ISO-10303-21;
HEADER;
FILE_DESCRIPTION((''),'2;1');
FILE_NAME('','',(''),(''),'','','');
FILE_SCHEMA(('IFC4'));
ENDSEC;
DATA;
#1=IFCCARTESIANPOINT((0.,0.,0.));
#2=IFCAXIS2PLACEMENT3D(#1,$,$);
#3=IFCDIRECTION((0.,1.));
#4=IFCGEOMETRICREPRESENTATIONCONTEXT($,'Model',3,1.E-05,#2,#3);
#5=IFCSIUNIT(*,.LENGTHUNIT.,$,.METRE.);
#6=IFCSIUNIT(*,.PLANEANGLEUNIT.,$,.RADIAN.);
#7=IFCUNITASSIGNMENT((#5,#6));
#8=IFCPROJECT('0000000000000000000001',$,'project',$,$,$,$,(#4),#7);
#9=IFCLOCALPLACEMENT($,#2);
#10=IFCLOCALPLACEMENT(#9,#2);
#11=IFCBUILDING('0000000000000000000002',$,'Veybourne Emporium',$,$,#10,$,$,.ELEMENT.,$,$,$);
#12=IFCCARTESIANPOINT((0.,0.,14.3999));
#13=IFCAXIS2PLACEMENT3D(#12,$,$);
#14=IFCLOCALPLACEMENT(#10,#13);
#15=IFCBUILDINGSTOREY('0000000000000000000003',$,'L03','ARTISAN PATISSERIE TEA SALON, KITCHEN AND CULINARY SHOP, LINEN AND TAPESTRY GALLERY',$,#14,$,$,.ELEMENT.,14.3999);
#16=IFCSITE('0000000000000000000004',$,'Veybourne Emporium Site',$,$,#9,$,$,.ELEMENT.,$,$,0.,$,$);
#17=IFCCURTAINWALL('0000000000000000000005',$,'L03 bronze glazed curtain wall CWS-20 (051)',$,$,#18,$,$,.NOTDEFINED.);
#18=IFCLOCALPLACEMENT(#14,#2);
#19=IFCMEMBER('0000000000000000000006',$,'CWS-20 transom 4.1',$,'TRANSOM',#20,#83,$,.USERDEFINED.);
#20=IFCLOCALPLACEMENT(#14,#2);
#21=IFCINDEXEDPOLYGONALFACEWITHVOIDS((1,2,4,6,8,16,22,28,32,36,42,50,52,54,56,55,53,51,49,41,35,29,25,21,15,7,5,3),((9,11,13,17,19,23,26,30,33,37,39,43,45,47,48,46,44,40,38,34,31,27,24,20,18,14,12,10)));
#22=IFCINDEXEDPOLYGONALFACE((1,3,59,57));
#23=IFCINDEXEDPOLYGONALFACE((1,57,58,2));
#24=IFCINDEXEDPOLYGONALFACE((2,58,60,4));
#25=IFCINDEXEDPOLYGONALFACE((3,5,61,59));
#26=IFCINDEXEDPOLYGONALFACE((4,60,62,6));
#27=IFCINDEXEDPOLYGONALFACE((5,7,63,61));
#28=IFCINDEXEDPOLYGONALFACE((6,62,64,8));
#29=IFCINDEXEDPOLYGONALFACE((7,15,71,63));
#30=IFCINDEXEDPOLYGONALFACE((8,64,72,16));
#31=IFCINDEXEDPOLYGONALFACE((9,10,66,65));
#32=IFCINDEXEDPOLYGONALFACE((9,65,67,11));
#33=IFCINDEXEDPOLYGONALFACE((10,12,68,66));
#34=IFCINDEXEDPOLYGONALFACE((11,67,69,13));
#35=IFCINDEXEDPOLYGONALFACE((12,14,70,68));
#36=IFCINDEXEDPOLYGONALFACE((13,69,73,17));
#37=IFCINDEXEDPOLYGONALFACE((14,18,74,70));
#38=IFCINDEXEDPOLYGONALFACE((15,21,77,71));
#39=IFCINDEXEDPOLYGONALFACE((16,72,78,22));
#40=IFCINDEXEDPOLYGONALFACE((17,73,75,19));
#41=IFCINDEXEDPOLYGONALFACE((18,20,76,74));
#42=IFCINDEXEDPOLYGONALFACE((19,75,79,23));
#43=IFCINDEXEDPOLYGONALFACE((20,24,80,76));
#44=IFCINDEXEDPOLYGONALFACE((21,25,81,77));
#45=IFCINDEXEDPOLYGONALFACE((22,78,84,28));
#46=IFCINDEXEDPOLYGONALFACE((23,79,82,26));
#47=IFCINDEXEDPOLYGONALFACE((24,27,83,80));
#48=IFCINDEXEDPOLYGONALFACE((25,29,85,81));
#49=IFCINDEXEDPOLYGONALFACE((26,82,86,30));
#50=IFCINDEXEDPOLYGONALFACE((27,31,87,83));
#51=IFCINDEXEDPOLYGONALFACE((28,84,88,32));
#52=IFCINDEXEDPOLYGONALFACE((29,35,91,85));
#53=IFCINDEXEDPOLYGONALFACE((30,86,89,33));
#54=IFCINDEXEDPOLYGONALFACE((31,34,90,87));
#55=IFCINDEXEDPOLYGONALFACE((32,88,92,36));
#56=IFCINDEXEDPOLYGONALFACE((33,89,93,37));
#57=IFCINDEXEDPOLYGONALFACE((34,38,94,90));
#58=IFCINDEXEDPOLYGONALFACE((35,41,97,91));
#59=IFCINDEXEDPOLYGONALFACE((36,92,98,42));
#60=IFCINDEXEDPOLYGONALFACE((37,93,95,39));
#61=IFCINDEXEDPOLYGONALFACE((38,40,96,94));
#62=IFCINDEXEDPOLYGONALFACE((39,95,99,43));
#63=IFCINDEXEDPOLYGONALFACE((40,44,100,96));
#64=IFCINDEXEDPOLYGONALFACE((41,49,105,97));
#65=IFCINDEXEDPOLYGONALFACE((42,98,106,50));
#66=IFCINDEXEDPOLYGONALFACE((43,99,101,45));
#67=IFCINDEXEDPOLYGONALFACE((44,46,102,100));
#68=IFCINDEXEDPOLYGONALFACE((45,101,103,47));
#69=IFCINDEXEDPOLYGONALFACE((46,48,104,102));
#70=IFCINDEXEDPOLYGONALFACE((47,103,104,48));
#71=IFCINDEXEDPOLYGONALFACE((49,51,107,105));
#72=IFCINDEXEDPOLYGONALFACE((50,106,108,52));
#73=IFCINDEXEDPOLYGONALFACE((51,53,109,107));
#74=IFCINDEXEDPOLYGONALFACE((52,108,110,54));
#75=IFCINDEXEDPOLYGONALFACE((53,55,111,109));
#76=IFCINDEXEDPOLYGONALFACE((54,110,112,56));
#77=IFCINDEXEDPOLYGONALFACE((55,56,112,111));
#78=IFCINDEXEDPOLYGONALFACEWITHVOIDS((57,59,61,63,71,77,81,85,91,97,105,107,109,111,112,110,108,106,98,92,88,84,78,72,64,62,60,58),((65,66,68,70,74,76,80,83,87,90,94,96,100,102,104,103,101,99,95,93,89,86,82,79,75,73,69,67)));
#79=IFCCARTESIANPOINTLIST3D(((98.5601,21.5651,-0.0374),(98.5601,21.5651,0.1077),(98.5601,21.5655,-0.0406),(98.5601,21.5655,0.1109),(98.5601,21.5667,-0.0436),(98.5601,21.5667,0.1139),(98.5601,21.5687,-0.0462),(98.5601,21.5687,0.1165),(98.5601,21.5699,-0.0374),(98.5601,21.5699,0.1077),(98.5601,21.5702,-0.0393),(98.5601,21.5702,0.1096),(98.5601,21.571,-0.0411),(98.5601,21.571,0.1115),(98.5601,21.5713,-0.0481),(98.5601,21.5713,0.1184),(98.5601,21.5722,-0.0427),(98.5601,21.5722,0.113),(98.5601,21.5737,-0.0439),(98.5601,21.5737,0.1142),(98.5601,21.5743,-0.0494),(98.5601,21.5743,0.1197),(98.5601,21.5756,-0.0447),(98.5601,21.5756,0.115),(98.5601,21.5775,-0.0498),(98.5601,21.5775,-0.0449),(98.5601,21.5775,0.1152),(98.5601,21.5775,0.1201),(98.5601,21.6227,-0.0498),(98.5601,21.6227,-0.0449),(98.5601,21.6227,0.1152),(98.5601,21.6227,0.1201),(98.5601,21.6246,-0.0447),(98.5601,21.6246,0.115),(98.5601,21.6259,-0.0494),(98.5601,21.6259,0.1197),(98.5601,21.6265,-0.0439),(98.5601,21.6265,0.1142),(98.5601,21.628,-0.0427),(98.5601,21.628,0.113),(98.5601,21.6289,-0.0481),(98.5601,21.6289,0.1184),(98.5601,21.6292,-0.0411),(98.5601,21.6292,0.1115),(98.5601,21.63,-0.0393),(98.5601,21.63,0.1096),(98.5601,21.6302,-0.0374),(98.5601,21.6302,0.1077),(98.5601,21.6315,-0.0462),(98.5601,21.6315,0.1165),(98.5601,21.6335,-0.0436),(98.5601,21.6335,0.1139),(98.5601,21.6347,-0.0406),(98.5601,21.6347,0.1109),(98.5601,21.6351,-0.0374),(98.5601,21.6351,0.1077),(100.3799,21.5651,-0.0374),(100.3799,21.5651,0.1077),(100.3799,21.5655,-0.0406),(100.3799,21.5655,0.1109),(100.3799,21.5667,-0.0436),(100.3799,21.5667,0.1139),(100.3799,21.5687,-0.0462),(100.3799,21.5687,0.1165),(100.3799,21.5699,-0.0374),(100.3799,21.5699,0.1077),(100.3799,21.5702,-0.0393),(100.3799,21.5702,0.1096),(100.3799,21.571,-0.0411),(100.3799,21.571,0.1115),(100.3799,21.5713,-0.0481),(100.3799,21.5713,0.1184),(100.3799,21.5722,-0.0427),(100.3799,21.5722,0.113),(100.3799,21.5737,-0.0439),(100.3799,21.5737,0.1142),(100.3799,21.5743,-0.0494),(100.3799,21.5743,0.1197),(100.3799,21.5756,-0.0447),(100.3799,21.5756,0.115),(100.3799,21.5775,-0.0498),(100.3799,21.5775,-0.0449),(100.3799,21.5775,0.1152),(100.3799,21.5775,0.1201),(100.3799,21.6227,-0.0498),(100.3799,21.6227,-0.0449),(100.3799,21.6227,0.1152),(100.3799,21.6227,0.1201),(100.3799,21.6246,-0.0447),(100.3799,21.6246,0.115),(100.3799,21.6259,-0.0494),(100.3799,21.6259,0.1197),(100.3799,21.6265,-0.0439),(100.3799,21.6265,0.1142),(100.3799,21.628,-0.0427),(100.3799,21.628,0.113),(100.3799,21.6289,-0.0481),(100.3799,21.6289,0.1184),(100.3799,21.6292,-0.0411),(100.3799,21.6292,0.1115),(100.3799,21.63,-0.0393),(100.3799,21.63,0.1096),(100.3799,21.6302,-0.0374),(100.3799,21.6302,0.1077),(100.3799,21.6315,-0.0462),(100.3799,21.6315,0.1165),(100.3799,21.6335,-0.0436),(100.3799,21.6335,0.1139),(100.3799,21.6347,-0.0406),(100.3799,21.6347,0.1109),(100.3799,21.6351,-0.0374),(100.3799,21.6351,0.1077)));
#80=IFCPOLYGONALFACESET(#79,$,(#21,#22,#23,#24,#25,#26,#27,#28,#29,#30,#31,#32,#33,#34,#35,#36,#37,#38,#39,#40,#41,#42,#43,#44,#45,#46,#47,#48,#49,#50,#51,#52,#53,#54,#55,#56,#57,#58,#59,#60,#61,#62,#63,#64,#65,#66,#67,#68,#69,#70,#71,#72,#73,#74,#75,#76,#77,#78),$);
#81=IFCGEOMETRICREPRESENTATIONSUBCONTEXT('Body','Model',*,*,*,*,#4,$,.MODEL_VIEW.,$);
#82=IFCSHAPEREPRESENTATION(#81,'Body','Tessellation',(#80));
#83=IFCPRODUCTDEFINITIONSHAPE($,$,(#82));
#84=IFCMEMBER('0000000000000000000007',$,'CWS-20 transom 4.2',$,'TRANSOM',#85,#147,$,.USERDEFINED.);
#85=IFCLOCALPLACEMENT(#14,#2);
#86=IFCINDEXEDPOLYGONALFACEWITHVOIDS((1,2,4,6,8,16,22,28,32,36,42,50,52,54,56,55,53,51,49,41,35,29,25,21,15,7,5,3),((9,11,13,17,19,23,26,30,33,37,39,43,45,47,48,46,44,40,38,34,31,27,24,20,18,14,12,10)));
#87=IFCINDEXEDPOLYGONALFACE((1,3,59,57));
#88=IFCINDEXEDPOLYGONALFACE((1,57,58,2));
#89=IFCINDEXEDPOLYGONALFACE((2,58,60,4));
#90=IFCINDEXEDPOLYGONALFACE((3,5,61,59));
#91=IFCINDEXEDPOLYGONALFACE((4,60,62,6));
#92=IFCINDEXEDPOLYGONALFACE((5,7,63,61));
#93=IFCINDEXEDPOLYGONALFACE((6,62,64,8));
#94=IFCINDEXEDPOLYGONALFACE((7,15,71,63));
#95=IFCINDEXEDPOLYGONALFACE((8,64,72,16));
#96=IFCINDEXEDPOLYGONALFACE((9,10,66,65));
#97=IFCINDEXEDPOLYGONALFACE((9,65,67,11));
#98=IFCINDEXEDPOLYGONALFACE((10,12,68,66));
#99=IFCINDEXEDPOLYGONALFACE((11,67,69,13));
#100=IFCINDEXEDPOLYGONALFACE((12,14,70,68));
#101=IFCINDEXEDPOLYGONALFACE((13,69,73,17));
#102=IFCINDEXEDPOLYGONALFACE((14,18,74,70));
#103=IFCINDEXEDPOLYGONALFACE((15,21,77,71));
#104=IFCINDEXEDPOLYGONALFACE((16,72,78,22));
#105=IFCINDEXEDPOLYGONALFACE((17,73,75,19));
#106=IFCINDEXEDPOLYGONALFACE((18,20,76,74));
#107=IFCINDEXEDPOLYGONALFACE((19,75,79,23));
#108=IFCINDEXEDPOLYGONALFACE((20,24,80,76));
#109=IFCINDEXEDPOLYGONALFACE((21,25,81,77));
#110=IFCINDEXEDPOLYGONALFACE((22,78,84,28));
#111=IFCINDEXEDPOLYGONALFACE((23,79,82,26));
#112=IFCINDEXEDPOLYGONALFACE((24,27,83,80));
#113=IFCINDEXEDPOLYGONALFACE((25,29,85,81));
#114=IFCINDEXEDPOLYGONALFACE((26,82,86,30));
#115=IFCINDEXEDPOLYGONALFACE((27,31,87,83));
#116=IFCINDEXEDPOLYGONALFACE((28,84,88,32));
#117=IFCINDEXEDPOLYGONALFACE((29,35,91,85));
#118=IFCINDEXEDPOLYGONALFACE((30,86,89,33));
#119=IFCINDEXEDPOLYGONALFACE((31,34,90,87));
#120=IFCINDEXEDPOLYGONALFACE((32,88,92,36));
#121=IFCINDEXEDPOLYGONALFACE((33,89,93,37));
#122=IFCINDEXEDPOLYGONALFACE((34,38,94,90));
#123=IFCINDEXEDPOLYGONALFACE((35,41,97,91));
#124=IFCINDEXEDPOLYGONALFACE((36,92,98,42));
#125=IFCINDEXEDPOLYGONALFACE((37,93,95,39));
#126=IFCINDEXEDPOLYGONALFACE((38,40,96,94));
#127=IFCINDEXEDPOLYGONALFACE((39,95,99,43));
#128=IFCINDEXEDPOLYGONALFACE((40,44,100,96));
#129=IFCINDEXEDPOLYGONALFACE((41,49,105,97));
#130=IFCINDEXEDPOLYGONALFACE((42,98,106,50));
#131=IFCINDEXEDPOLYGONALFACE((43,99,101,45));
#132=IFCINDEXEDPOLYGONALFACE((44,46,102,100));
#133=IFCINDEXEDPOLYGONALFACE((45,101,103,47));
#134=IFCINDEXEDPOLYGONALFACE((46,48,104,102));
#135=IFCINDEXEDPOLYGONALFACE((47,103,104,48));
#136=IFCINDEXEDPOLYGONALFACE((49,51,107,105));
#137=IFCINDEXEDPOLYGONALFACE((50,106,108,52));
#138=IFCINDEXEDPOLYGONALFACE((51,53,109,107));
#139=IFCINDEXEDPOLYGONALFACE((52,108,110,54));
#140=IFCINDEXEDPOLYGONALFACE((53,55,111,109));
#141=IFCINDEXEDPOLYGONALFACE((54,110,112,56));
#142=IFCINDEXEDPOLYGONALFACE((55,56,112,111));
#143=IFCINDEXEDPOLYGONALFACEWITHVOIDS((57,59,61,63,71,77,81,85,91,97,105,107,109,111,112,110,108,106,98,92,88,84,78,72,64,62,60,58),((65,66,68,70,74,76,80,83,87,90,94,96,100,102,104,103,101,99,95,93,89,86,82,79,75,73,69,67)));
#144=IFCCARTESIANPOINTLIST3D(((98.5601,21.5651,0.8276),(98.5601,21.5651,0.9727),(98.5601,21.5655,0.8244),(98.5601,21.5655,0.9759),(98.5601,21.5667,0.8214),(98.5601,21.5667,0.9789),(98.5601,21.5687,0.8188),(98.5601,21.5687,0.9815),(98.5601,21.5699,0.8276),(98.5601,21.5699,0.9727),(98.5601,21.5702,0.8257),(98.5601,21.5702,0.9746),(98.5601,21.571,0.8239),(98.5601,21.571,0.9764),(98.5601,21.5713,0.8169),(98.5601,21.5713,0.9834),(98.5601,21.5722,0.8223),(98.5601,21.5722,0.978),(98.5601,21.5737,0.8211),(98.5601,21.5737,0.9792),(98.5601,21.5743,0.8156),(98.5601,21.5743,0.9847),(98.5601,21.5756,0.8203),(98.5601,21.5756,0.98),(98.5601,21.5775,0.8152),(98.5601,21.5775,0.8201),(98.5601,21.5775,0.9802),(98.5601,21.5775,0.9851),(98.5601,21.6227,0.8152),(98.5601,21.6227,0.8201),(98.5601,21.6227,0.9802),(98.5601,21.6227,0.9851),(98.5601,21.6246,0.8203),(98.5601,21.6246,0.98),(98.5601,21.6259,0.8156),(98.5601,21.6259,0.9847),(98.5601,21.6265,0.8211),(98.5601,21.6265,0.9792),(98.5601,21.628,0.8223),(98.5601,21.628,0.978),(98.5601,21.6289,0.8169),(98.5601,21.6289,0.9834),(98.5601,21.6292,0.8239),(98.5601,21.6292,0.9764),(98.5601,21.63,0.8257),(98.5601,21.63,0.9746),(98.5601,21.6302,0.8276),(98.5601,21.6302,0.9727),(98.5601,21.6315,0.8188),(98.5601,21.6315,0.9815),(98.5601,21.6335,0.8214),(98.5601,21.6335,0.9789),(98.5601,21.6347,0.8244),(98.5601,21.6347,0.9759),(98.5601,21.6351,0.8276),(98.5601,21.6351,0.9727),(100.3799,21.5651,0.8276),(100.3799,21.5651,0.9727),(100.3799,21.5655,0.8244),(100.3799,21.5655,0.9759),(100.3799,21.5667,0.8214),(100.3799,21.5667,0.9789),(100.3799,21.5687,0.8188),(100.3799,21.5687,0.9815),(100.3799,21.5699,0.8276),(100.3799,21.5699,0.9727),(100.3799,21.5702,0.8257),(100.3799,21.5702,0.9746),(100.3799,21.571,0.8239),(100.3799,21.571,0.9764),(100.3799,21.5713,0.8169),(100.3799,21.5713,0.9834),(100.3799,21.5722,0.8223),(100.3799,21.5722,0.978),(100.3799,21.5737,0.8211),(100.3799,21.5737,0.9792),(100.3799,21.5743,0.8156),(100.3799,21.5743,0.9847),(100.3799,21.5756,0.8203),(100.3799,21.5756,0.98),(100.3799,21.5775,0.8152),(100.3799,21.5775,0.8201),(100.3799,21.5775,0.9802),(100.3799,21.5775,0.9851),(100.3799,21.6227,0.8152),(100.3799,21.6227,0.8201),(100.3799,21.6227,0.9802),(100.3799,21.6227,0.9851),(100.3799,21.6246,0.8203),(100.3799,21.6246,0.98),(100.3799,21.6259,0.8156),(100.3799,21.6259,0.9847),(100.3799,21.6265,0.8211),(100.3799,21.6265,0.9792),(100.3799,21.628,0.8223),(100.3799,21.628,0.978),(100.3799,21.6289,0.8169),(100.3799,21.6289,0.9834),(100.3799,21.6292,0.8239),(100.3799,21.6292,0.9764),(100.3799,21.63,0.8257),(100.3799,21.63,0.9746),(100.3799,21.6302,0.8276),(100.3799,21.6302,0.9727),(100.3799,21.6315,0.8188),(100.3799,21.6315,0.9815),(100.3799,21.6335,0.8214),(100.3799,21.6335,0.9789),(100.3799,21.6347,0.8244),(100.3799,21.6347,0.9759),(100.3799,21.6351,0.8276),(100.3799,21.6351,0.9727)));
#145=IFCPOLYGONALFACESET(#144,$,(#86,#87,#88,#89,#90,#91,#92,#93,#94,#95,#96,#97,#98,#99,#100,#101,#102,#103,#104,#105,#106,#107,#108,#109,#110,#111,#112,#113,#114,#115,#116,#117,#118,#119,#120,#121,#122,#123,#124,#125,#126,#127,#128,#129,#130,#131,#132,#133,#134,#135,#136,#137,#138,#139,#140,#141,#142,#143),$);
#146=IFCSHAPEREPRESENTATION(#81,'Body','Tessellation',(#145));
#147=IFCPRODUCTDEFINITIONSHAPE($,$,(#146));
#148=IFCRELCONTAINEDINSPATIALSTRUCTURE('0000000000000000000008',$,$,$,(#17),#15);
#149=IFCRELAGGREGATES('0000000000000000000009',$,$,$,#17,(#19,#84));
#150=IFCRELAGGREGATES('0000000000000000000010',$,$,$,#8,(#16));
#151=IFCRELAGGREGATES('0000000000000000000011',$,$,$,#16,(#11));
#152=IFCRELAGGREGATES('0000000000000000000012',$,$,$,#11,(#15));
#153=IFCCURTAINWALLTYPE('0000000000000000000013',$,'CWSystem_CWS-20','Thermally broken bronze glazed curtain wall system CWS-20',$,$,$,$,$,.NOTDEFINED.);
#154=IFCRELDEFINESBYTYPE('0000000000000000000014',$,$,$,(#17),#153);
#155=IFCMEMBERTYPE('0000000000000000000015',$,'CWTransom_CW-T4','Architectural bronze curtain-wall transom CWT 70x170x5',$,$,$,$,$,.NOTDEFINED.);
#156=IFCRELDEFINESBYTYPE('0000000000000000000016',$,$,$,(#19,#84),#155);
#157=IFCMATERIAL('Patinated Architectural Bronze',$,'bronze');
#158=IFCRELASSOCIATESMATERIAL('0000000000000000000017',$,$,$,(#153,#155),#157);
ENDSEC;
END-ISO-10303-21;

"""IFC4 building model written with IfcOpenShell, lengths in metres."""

from ifc_helpers import new_model, si_unit, direction, frame, origin, origin_2d, place, context, subcontext, project, spatial, hollow_rectangle, extrude, material, material_profile, profile_set, type_object, element, aggregate, save


model = new_model("IFC4")

# Units and contexts
model_context = context("Model", 3, precision=1e-05, world=origin(), true_north=direction((0.0, 1.0)))
body_context = subcontext(model_context, "Body", "Model", "MODEL_VIEW")
ifc_project = project(units=[si_unit("LENGTHUNIT", "METRE"), si_unit("PLANEANGLEUNIT", "RADIAN")], contexts=[model_context])

# Site, building, storey
site_placement = place(None, origin())
site = spatial("IfcSite", under=ifc_project, at=site_placement, Name="Veybourne Emporium Site", CompositionType="ELEMENT", RefElevation=0.0)
building_placement = place(site_placement, origin())
building = spatial("IfcBuilding", under=site, at=building_placement, Name="Veybourne Emporium", CompositionType="ELEMENT")
storey_placement = place(building_placement, frame((0.0, 0.0, 14.3999)))
storey = spatial("IfcBuildingStorey", under=building, at=storey_placement, Name="L03", Description="ARTISAN PATISSERIE TEA SALON, KITCHEN AND CULINARY SHOP, LINEN AND TAPESTRY GALLERY", CompositionType="ELEMENT", Elevation=14.3999)

# Curtain wall, members
ifc_material_1 = material(Name="Patinated Architectural Bronze", Category="bronze")
curtain_wall_type = type_object("IfcCurtainWallType", Name="CWSystem_CWS-20", Description="Thermally broken bronze glazed curtain wall system CWS-20", PredefinedType="NOTDEFINED", material=ifc_material_1)
curtain_wall_placement = place(storey_placement, origin())
curtain_wall = element("IfcCurtainWall", 1, at=curtain_wall_placement, inside=storey, type_object=curtain_wall_type, Name="L03 bronze glazed curtain wall CWS-20 (051)", PredefinedType="NOTDEFINED")
ifc_material_profile_1 = material_profile(ifc_material_1, hollow_rectangle(XDim=0.0701, YDim=0.1699, WallThickness=0.0049, InnerFilletRadius=0.0076, OuterFilletRadius=0.0125, at=origin_2d()), Name="CWT 70x170x5")
ifc_profile_set_1 = profile_set([ifc_material_profile_1], Name="Patinated Architectural Bronze")
member_type_1 = type_object("IfcMemberType", Name="CWTransom_CW-T4", Description="Architectural bronze curtain-wall transom CWT 70x170x5", PredefinedType="NOTDEFINED", material=ifc_profile_set_1)
member_1_placement = place(storey_placement, frame((98.5601, 21.6001, 0.0352), z_axis=(1.0, 0.0, 0.0), x_axis=(0.0, 1.0, 0.0)))
member_1 = element("IfcMember", 2, at=member_1_placement, type_object=member_type_1, Name="CWS-20 transom 4.1", ObjectType="TRANSOM", PredefinedType="USERDEFINED", context=body_context, shape_type="SweptSolid", body=[
    extrude(hollow_rectangle(XDim=0.0701, YDim=0.1699, WallThickness=0.0049, InnerFilletRadius=0.0076, OuterFilletRadius=0.0125, at=origin_2d()), origin(), (0.0, 0.0, 1.0), 1.8198),
])
member_2_placement = place(storey_placement, frame((98.5601, 21.6001, 0.9001), z_axis=(1.0, 0.0, 0.0), x_axis=(0.0, 1.0, 0.0)))
member_2 = element("IfcMember", 3, at=member_2_placement, type_object=member_type_1, Name="CWS-20 transom 4.2", ObjectType="TRANSOM", PredefinedType="USERDEFINED", context=body_context, shape_type="SweptSolid", body=[
    extrude(hollow_rectangle(XDim=0.0701, YDim=0.1699, WallThickness=0.0049, InnerFilletRadius=0.0076, OuterFilletRadius=0.0125, at=origin_2d()), origin(), (0.0, 0.0, 1.0), 1.8198),
])

aggregate(curtain_wall, [member_1, member_2])

save(model, "model.ifc")
